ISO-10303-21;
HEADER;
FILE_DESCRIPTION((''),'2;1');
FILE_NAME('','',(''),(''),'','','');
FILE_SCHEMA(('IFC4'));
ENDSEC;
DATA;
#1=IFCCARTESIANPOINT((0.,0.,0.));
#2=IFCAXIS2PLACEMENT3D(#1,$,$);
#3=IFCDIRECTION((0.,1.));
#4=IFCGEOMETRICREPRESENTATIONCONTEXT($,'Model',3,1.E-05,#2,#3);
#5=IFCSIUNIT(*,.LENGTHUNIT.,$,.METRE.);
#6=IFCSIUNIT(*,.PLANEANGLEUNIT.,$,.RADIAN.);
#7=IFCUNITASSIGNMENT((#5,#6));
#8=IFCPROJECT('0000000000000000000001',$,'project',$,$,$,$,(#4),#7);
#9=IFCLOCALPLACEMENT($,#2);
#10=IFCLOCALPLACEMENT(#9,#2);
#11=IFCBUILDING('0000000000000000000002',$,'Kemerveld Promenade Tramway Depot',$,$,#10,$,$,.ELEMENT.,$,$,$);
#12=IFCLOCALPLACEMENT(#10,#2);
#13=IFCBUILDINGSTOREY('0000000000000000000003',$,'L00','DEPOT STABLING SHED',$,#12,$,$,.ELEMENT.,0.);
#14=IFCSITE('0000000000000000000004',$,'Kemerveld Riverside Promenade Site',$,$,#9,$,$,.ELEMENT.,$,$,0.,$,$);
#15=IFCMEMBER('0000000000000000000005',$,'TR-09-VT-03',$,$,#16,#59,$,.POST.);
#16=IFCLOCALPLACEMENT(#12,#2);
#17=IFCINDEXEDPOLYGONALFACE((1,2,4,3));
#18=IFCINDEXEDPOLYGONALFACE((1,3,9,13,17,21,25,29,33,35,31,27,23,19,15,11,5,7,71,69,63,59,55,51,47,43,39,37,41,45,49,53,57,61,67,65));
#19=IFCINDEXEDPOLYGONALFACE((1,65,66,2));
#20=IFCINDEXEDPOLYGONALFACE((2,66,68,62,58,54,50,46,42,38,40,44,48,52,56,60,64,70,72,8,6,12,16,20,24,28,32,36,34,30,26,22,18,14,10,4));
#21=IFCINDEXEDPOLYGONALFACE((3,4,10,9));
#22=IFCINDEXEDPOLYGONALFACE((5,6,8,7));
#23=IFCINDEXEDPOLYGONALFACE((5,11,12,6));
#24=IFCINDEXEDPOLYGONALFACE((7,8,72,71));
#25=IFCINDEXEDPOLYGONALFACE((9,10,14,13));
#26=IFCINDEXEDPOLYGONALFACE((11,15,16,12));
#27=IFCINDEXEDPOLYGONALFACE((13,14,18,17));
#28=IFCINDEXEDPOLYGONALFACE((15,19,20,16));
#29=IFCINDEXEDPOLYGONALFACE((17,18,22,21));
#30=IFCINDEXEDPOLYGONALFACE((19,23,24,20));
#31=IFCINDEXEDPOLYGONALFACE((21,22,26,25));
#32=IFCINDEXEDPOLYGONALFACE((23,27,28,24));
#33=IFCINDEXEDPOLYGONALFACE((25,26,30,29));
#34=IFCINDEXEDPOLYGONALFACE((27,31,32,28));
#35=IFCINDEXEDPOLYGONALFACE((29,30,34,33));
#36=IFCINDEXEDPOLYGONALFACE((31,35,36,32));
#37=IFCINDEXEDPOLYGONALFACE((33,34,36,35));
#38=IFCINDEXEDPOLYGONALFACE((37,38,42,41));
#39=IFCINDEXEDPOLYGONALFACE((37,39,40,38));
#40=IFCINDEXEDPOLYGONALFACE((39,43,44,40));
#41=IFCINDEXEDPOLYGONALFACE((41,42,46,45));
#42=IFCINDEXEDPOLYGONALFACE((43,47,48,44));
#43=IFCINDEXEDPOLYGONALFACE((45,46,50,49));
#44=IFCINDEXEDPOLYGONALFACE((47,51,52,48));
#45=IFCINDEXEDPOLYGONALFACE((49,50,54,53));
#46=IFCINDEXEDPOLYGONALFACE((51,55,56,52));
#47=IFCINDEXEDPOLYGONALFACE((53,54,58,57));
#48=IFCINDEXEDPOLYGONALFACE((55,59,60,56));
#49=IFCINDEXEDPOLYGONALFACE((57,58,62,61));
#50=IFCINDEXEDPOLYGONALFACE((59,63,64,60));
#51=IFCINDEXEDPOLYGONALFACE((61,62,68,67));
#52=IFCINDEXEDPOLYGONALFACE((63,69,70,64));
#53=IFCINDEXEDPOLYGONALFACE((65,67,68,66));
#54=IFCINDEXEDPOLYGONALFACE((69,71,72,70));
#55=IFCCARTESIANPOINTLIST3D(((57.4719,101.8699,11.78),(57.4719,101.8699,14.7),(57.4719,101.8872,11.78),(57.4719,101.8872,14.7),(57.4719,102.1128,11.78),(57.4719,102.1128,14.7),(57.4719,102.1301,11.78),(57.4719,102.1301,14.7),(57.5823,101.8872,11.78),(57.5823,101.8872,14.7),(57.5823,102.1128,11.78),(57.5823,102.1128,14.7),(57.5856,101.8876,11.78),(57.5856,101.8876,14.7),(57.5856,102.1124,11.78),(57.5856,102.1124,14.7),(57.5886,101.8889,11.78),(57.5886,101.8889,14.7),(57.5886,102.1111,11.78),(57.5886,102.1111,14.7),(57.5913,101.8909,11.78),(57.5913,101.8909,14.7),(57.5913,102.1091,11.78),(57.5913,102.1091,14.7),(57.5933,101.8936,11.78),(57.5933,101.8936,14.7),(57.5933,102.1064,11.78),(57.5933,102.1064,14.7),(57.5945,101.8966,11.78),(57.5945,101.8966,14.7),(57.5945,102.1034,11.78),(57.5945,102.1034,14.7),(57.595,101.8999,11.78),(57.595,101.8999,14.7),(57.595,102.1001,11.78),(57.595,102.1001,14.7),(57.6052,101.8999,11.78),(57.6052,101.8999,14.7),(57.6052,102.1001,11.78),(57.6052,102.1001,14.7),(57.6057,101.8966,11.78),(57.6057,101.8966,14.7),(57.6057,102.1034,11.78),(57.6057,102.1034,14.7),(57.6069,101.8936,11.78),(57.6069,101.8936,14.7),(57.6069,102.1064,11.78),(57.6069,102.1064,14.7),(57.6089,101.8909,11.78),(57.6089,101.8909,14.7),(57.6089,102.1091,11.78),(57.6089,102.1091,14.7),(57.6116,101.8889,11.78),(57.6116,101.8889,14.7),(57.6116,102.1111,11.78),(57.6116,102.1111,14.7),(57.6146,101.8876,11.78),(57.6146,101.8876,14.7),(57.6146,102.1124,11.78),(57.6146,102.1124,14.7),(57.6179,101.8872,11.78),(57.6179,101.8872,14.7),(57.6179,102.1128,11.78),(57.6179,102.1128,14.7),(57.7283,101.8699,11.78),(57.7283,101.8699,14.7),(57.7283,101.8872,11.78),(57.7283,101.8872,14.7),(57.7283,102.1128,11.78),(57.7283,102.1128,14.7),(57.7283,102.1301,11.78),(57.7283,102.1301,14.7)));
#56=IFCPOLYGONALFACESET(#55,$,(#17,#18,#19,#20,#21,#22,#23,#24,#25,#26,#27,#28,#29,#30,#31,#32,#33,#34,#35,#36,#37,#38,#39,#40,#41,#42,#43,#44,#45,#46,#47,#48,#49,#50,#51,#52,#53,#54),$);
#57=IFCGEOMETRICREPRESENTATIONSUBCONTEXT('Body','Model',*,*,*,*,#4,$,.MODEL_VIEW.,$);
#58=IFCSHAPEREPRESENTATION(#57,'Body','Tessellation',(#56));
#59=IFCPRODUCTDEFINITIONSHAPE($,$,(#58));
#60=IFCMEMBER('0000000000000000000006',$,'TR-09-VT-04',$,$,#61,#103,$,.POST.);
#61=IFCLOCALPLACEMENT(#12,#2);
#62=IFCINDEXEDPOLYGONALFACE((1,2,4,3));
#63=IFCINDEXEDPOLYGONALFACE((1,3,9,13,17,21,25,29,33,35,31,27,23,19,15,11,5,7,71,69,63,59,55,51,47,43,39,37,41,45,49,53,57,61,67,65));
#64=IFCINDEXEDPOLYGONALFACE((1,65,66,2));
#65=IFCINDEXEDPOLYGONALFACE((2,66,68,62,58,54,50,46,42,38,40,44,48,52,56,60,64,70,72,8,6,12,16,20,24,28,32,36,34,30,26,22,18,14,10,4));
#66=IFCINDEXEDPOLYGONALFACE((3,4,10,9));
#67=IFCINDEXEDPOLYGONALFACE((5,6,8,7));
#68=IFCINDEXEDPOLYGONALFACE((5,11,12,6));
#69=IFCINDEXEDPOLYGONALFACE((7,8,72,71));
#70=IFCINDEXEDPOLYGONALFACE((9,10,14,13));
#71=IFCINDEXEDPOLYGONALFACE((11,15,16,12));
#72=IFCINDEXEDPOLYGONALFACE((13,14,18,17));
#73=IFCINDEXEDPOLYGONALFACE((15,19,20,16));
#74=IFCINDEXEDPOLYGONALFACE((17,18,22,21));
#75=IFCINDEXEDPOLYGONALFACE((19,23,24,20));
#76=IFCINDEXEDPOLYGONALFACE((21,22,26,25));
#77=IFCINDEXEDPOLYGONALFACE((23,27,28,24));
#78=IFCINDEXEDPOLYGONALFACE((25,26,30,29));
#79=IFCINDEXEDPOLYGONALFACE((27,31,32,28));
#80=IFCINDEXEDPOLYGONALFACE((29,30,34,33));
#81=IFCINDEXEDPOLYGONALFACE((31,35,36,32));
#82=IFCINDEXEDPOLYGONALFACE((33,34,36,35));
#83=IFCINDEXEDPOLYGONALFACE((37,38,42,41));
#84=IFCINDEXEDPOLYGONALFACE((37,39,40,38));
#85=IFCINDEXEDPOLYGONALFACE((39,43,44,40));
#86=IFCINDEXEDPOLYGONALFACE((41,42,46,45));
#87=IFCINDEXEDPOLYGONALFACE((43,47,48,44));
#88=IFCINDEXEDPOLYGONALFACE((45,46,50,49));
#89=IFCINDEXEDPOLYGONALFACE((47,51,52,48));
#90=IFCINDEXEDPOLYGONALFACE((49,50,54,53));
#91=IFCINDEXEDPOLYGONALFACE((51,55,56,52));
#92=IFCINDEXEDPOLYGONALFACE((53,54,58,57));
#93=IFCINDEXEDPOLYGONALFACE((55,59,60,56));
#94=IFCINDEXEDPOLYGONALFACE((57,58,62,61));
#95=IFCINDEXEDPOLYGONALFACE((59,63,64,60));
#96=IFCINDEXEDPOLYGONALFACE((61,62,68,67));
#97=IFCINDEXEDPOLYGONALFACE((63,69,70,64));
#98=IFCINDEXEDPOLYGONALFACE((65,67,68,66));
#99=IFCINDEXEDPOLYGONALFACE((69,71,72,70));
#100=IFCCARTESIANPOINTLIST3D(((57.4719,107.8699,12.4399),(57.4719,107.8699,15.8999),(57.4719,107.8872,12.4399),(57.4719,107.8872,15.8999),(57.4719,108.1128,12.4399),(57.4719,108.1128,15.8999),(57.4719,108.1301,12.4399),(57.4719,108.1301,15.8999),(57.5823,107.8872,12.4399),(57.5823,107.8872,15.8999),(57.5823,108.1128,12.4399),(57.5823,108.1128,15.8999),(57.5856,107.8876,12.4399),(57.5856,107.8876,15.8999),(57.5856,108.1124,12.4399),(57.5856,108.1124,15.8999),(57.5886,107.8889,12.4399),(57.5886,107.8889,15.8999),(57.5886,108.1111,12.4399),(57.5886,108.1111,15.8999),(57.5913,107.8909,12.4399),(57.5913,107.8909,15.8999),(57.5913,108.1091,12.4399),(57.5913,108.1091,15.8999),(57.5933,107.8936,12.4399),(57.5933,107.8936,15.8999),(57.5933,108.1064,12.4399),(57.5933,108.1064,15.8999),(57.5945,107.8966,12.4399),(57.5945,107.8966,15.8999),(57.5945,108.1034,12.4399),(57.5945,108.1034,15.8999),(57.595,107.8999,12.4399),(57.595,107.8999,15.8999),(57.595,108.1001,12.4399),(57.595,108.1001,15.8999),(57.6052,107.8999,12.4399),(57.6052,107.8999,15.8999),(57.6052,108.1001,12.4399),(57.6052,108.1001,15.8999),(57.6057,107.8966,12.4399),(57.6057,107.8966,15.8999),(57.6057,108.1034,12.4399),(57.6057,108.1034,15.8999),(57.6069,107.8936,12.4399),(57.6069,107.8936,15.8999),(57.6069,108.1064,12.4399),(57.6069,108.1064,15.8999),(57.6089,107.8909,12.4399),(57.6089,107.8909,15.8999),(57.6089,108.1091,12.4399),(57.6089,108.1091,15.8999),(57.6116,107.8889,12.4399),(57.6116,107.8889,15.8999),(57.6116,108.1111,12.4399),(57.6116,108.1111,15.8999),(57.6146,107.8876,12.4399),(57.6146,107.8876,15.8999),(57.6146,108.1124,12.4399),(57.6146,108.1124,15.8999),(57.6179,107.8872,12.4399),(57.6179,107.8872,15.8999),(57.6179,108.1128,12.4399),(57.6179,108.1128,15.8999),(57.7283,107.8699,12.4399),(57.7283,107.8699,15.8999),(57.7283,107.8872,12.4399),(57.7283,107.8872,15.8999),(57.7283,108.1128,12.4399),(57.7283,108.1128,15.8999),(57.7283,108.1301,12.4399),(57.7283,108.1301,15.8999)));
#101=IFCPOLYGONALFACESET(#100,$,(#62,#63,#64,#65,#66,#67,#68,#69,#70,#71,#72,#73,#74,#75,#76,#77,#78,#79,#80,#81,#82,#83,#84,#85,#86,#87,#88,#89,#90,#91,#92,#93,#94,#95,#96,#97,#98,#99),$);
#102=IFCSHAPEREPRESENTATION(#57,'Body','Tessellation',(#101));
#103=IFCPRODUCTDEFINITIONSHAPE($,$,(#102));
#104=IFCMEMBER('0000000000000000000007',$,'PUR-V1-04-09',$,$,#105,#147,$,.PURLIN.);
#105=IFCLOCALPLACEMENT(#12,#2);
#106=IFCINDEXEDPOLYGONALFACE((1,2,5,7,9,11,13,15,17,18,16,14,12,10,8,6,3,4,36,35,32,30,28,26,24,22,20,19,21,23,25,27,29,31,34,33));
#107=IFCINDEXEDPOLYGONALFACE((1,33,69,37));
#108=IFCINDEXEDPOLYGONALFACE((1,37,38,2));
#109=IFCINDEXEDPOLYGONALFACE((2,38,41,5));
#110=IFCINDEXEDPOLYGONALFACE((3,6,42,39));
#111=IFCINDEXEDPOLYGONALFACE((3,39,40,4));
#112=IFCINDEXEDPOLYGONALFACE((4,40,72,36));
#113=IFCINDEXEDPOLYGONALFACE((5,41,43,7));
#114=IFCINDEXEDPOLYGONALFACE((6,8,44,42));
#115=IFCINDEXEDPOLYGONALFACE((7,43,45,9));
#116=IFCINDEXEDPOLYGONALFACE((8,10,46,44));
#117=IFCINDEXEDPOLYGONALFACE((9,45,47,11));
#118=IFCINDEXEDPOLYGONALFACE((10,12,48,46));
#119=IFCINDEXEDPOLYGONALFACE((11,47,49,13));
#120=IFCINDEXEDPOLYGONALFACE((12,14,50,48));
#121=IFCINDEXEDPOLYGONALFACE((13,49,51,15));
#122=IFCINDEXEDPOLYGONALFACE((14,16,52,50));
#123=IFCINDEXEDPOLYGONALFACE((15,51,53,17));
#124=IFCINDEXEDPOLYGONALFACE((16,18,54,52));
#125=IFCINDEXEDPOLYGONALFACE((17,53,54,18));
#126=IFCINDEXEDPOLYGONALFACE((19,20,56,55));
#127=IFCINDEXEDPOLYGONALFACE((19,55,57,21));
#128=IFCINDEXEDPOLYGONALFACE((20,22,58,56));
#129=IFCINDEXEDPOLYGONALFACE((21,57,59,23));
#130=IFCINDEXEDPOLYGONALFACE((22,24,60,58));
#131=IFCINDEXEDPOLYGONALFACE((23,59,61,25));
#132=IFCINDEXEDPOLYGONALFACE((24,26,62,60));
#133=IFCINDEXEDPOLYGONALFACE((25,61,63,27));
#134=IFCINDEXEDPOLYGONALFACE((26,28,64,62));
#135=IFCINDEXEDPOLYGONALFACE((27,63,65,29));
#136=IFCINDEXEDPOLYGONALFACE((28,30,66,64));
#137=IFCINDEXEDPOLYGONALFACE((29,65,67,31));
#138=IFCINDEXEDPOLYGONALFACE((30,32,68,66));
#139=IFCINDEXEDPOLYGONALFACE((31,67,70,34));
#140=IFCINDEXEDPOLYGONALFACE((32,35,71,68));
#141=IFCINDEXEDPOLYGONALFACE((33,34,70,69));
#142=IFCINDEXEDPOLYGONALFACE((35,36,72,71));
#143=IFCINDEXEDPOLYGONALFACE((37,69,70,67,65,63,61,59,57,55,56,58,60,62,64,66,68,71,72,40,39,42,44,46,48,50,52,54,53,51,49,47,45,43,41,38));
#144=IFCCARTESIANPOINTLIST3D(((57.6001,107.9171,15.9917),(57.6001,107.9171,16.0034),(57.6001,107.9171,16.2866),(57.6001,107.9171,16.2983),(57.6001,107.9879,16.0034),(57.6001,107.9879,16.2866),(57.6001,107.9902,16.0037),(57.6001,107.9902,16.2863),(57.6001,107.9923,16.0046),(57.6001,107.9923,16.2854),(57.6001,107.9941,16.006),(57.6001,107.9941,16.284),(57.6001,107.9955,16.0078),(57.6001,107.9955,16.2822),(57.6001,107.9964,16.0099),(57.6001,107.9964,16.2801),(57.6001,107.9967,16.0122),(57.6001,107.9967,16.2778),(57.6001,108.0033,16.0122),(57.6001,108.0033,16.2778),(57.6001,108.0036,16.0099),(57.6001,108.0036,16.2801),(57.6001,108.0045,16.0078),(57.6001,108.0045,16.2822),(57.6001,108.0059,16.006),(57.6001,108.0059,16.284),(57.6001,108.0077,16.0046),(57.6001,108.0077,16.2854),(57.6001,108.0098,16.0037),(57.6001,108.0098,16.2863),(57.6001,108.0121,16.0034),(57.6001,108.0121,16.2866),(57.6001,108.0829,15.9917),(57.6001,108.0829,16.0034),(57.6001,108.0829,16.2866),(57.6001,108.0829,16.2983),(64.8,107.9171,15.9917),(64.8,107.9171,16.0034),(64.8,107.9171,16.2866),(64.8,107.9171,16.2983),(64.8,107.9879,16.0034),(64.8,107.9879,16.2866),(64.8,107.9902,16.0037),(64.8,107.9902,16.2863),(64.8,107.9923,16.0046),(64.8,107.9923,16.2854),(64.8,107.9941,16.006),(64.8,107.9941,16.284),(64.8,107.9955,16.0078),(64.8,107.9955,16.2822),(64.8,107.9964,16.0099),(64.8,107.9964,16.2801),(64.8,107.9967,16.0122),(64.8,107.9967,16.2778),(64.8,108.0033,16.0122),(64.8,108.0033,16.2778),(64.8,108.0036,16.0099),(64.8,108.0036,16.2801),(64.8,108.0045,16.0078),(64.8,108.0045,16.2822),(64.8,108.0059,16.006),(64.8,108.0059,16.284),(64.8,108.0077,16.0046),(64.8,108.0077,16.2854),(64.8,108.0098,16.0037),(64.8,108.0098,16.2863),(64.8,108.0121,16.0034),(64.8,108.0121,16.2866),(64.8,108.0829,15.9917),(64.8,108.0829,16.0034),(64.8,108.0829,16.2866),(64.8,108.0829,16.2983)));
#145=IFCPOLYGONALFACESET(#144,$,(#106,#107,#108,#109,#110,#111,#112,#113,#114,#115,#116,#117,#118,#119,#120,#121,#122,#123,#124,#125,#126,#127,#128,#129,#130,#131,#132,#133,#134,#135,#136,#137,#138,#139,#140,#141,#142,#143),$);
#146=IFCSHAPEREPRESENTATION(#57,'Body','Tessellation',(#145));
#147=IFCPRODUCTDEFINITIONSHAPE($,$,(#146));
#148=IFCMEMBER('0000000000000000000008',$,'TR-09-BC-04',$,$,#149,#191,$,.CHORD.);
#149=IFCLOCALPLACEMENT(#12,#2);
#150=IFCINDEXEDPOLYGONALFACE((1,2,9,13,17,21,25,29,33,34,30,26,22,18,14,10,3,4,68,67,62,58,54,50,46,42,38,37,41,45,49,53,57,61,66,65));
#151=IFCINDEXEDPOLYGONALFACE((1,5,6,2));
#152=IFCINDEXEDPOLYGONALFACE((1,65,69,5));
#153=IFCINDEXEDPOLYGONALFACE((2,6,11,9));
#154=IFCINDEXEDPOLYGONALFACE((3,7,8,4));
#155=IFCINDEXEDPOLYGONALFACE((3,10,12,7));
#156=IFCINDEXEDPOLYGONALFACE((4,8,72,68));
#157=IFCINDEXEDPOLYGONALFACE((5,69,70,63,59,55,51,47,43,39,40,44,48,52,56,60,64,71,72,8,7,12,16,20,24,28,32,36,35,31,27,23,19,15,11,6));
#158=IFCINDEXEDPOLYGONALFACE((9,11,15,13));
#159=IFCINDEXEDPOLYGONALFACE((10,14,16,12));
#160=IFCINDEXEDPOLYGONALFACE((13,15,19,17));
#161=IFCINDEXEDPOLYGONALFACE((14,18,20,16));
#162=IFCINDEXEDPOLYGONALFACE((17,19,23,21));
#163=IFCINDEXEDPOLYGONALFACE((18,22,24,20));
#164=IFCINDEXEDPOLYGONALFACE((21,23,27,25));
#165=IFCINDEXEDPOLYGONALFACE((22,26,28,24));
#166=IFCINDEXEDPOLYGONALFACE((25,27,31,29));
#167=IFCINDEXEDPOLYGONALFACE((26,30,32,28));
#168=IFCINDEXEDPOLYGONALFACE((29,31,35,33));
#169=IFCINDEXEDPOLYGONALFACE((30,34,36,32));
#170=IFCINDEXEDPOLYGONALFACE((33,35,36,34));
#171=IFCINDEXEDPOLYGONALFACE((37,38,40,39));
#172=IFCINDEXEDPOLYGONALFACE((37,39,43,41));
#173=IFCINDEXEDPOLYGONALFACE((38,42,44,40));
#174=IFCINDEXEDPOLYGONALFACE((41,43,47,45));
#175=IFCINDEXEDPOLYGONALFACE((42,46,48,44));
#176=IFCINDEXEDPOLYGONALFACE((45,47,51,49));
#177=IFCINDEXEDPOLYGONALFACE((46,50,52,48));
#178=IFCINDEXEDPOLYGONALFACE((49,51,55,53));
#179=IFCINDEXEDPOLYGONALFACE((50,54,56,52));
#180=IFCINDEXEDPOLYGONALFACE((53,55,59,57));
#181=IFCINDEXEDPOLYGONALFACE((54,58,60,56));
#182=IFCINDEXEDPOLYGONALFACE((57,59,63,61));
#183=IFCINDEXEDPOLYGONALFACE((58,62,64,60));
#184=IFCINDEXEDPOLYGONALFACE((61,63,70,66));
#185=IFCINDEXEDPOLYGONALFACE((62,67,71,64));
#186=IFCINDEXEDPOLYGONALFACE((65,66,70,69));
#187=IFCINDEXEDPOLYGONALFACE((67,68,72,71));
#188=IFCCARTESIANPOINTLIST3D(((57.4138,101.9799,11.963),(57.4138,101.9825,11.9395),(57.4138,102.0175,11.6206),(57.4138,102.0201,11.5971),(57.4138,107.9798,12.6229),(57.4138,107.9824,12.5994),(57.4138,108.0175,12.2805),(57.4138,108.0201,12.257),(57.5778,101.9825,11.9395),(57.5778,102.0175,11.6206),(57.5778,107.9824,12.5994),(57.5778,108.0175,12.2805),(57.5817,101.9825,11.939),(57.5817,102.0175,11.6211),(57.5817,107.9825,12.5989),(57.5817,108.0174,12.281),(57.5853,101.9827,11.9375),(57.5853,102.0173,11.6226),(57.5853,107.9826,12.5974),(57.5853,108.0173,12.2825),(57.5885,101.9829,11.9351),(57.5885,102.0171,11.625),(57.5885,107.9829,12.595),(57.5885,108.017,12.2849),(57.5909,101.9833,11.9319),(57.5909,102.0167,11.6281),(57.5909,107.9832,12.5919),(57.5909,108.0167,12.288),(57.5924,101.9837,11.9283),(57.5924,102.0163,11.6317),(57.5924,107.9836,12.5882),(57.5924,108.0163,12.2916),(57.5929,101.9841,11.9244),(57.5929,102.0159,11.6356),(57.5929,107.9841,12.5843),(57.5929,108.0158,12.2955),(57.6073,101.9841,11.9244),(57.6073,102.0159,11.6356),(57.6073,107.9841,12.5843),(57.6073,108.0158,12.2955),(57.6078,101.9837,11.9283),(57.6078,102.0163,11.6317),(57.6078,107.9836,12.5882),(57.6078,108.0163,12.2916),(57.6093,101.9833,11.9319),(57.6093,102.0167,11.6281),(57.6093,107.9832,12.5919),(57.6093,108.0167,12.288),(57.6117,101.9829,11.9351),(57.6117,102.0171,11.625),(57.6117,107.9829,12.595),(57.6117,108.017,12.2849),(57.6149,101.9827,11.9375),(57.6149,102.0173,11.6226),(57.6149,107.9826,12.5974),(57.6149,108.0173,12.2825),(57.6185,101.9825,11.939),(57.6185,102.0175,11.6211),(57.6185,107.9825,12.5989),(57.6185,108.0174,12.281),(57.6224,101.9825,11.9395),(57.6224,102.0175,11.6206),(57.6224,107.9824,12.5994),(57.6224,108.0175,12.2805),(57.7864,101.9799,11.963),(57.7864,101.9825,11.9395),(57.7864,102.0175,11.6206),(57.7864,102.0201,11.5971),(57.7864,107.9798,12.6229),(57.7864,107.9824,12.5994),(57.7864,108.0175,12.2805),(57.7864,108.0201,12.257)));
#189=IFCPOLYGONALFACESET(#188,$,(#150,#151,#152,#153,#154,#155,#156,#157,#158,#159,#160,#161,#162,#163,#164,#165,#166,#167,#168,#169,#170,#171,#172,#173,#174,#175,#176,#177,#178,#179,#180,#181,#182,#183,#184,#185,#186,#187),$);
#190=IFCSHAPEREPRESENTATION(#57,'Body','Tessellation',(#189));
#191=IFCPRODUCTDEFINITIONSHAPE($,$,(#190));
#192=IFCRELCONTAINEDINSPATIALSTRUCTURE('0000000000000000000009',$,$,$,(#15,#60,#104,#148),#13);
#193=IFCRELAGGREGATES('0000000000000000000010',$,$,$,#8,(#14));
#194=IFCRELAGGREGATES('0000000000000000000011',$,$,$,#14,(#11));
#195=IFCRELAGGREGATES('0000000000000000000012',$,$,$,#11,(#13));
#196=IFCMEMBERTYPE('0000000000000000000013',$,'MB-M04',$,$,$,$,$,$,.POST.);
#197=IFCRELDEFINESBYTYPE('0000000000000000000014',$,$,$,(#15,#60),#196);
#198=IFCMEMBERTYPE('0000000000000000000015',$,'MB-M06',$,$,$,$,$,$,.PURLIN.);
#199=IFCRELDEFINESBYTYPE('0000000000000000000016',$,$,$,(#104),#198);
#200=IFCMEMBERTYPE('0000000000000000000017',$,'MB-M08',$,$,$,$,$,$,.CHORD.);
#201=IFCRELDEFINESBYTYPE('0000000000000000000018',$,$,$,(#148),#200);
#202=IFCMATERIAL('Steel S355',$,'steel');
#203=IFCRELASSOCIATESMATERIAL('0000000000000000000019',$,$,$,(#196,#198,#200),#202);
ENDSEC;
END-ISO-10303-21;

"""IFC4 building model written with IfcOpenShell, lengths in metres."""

from ifc_helpers import new_model, si_unit, direction, frame, origin, origin_2d, place, context, subcontext, project, spatial, i_section, extrude, material, material_profile, profile_set, type_object, element, save


model = new_model("IFC4")

# Units and contexts
model_context = context("Model", 3, precision=1e-05, world=origin(), true_north=direction((0.0, 1.0)))
body_context = subcontext(model_context, "Body", "Model", "MODEL_VIEW")
ifc_project = project(units=[si_unit("LENGTHUNIT", "METRE"), si_unit("PLANEANGLEUNIT", "RADIAN")], contexts=[model_context])

# Site, building, storey
site_placement = place(None, origin())
site = spatial("IfcSite", under=ifc_project, at=site_placement, Name="Kemerveld Riverside Promenade Site", CompositionType="ELEMENT", RefElevation=0.0)
building_placement = place(site_placement, origin())
building = spatial("IfcBuilding", under=site, at=building_placement, Name="Kemerveld Promenade Tramway Depot", CompositionType="ELEMENT")
storey_placement = place(building_placement, origin())
storey = spatial("IfcBuildingStorey", under=building, at=storey_placement, Name="L00", Description="DEPOT STABLING SHED", CompositionType="ELEMENT", Elevation=0.0)

# Members
ifc_material_1 = material(Name="Steel S355", Category="steel")
ifc_material_profile_1 = material_profile(ifc_material_1, i_section(OverallWidth=0.2563, OverallDepth=0.2603, WebThickness=0.0103, FlangeThickness=0.0173, FilletRadius=0.0127, at=origin_2d()), Name="254x254x89 UC")
ifc_profile_set_1 = profile_set([ifc_material_profile_1], Name="Steel S355")
member_type_1 = type_object("IfcMemberType", Name="MB-M04", PredefinedType="POST", material=ifc_profile_set_1)
member_1_placement = place(storey_placement, frame((57.6001, 102.0, 11.78), z_axis=(0.0, 0.0, 1.0), x_axis=(1.0, 0.0, 0.0)))
element("IfcMember", 1, at=member_1_placement, inside=storey, type_object=member_type_1, Name="TR-09-VT-03", PredefinedType="POST", context=body_context, shape_type="SweptSolid", body=[
    extrude(i_section(OverallWidth=0.2563, OverallDepth=0.2603, WebThickness=0.0103, FlangeThickness=0.0173, FilletRadius=0.0127, at=origin_2d()), origin(), (0.0, 0.0, 1.0), 2.9199),
])
member_2_placement = place(storey_placement, frame((57.6001, 108.0, 12.4399), z_axis=(0.0, 0.0, 1.0), x_axis=(1.0, 0.0, 0.0)))
element("IfcMember", 2, at=member_2_placement, inside=storey, type_object=member_type_1, Name="TR-09-VT-04", PredefinedType="POST", context=body_context, shape_type="SweptSolid", body=[
    extrude(i_section(OverallWidth=0.2563, OverallDepth=0.2603, WebThickness=0.0103, FlangeThickness=0.0173, FilletRadius=0.0127, at=origin_2d()), origin(), (0.0, 0.0, 1.0), 3.46),
])
ifc_material_profile_2 = material_profile(ifc_material_1, i_section(OverallWidth=0.1658, OverallDepth=0.3066, WebThickness=0.0066, FlangeThickness=0.0117, FilletRadius=0.0088, at=origin_2d()), Name="305x165x46 UB")
ifc_profile_set_2 = profile_set([ifc_material_profile_2], Name="Steel S355")
member_type_2 = type_object("IfcMemberType", Name="MB-M06", PredefinedType="PURLIN", material=ifc_profile_set_2)
member_3_placement = place(storey_placement, frame((57.6001, 108.0, 16.145), z_axis=(1.0, 0.0, 0.0), x_axis=(0.0, 1.0, 0.0)))
element("IfcMember", 3, at=member_3_placement, inside=storey, type_object=member_type_2, Name="PUR-V1-04-09", PredefinedType="PURLIN", context=body_context, shape_type="SweptSolid", body=[
    extrude(i_section(OverallWidth=0.1658, OverallDepth=0.3066, WebThickness=0.0066, FlangeThickness=0.0117, FilletRadius=0.0088, at=origin_2d()), origin(), (0.0, 0.0, 1.0), 7.2),
])
ifc_material_profile_3 = material_profile(ifc_material_1, i_section(OverallWidth=0.3726, OverallDepth=0.3682, WebThickness=0.0144, FlangeThickness=0.0237, FilletRadius=0.0151, at=origin_2d()), Name="356x368x177 UC")
ifc_profile_set_3 = profile_set([ifc_material_profile_3], Name="Steel S355")
member_type_3 = type_object("IfcMemberType", Name="MB-M08", PredefinedType="CHORD", material=ifc_profile_set_3)
for number, where, z_axis, x_axis, name in (
    (4, (57.6001, 102.0, 11.78), (0.0, 0.994006, 0.109326), (-1.0, 0.0, 0.0), "TR-09-BC-04"),
):
    element("IfcMember", number, at=place(storey_placement, frame(where, z_axis=z_axis, x_axis=x_axis)), inside=storey, type_object=member_type_3, Name=name, PredefinedType="CHORD", context=body_context, shape_type="SweptSolid", body=[
        extrude(i_section(OverallWidth=0.3726, OverallDepth=0.3682, WebThickness=0.0144, FlangeThickness=0.0237, FilletRadius=0.0151, at=origin_2d()), origin(), (0.0, 0.0, 1.0), 6.0361),
    ])

save(model, "model.ifc")
